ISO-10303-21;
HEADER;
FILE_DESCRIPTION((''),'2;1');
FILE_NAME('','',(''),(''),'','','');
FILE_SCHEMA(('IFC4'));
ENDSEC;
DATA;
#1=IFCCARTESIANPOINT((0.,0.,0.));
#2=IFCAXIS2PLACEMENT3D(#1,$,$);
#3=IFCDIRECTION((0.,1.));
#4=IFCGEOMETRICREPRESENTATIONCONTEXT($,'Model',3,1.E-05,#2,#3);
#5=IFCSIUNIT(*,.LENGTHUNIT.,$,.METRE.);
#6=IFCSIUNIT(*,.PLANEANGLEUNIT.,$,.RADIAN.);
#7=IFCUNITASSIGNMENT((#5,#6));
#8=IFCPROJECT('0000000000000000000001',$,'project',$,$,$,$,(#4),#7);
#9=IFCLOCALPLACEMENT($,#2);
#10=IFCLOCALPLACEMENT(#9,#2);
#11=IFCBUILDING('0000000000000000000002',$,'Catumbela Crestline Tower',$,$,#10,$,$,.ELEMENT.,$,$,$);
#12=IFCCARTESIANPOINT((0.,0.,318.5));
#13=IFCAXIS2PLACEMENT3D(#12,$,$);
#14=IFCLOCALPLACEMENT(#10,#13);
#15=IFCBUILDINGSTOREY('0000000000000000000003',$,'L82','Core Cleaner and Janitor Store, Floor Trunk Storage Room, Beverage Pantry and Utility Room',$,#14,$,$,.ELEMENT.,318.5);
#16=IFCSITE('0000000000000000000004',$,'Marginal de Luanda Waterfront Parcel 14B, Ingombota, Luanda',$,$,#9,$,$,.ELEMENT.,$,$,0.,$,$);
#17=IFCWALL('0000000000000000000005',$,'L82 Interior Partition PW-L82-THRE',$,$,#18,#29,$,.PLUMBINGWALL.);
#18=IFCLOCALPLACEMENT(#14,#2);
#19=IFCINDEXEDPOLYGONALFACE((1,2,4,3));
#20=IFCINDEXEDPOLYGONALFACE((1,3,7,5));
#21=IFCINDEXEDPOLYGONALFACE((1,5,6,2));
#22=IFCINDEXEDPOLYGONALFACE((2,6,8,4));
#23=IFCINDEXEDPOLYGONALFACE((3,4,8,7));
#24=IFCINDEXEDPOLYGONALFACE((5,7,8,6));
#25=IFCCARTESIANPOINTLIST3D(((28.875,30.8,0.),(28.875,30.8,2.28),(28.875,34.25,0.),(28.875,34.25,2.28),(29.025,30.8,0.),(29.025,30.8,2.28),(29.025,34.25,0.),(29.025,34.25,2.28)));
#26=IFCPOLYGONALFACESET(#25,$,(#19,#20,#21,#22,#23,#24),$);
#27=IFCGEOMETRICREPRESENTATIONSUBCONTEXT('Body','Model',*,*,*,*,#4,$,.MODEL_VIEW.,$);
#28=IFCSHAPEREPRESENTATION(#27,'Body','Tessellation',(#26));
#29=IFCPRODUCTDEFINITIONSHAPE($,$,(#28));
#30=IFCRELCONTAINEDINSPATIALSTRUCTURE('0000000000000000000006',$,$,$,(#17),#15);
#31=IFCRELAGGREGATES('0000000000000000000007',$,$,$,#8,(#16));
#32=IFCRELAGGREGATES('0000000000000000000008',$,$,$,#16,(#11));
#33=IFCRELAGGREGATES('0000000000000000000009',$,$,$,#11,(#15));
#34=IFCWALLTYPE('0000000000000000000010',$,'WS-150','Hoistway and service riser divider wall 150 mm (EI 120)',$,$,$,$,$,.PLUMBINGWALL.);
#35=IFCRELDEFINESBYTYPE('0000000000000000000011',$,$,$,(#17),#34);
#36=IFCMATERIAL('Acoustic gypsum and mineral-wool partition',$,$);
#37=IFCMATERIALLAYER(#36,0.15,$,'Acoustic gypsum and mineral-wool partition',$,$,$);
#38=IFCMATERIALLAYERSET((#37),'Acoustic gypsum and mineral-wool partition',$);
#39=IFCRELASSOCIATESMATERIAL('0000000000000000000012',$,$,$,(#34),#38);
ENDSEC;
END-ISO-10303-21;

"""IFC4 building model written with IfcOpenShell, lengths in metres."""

from ifc_helpers import new_model, si_unit, direction, frame, frame_2d, origin, place, context, subcontext, project, spatial, rectangle, extrude, material, layer, layer_set, type_object, element, save


model = new_model("IFC4")

# Units and contexts
model_context = context("Model", 3, precision=1e-05, world=origin(), true_north=direction((0.0, 1.0)))
body_context = subcontext(model_context, "Body", "Model", "MODEL_VIEW")
ifc_project = project(units=[si_unit("LENGTHUNIT", "METRE"), si_unit("PLANEANGLEUNIT", "RADIAN")], contexts=[model_context])

# Site, building, storey
site_placement = place(None, origin())
site = spatial("IfcSite", under=ifc_project, at=site_placement, Name="Marginal de Luanda Waterfront Parcel 14B, Ingombota, Luanda", CompositionType="ELEMENT", RefElevation=0.0)
building_placement = place(site_placement, origin())
building = spatial("IfcBuilding", under=site, at=building_placement, Name="Catumbela Crestline Tower", CompositionType="ELEMENT")
storey_placement = place(building_placement, frame((0.0, 0.0, 318.5)))
storey = spatial("IfcBuildingStorey", under=building, at=storey_placement, Name="L82", Description="Core Cleaner and Janitor Store, Floor Trunk Storage Room, Beverage Pantry and Utility Room", CompositionType="ELEMENT", Elevation=318.5)

# Shared definitions
ifc_material_1 = material(Name="Acoustic gypsum and mineral-wool partition")

# Wall
ifc_layer_1 = layer(ifc_material_1, 0.15, Name="Acoustic gypsum and mineral-wool partition")
ifc_layer_set_1 = layer_set([ifc_layer_1], Name="Acoustic gypsum and mineral-wool partition")
wall_type_1 = type_object("IfcWallType", Name="WS-150", Description="Hoistway and service riser divider wall 150 mm (EI 120)", PredefinedType="PLUMBINGWALL", material=ifc_layer_set_1)
wall_1_placement = place(storey_placement, frame((28.95, 30.8, 0.0), z_axis=(0.0, 0.0, 1.0), x_axis=(0.0, 1.0, 0.0)))
element("IfcWall", 1, at=wall_1_placement, inside=storey, type_object=wall_type_1, Name="L82 Interior Partition PW-L82-THRE", PredefinedType="PLUMBINGWALL", context=body_context, shape_type="SweptSolid", body=[
    extrude(rectangle(XDim=3.45, YDim=0.15, at=frame_2d((1.725, 0.0))), origin(), (0.0, 0.0, 1.0), 2.28),
])

save(model, "model.ifc")
